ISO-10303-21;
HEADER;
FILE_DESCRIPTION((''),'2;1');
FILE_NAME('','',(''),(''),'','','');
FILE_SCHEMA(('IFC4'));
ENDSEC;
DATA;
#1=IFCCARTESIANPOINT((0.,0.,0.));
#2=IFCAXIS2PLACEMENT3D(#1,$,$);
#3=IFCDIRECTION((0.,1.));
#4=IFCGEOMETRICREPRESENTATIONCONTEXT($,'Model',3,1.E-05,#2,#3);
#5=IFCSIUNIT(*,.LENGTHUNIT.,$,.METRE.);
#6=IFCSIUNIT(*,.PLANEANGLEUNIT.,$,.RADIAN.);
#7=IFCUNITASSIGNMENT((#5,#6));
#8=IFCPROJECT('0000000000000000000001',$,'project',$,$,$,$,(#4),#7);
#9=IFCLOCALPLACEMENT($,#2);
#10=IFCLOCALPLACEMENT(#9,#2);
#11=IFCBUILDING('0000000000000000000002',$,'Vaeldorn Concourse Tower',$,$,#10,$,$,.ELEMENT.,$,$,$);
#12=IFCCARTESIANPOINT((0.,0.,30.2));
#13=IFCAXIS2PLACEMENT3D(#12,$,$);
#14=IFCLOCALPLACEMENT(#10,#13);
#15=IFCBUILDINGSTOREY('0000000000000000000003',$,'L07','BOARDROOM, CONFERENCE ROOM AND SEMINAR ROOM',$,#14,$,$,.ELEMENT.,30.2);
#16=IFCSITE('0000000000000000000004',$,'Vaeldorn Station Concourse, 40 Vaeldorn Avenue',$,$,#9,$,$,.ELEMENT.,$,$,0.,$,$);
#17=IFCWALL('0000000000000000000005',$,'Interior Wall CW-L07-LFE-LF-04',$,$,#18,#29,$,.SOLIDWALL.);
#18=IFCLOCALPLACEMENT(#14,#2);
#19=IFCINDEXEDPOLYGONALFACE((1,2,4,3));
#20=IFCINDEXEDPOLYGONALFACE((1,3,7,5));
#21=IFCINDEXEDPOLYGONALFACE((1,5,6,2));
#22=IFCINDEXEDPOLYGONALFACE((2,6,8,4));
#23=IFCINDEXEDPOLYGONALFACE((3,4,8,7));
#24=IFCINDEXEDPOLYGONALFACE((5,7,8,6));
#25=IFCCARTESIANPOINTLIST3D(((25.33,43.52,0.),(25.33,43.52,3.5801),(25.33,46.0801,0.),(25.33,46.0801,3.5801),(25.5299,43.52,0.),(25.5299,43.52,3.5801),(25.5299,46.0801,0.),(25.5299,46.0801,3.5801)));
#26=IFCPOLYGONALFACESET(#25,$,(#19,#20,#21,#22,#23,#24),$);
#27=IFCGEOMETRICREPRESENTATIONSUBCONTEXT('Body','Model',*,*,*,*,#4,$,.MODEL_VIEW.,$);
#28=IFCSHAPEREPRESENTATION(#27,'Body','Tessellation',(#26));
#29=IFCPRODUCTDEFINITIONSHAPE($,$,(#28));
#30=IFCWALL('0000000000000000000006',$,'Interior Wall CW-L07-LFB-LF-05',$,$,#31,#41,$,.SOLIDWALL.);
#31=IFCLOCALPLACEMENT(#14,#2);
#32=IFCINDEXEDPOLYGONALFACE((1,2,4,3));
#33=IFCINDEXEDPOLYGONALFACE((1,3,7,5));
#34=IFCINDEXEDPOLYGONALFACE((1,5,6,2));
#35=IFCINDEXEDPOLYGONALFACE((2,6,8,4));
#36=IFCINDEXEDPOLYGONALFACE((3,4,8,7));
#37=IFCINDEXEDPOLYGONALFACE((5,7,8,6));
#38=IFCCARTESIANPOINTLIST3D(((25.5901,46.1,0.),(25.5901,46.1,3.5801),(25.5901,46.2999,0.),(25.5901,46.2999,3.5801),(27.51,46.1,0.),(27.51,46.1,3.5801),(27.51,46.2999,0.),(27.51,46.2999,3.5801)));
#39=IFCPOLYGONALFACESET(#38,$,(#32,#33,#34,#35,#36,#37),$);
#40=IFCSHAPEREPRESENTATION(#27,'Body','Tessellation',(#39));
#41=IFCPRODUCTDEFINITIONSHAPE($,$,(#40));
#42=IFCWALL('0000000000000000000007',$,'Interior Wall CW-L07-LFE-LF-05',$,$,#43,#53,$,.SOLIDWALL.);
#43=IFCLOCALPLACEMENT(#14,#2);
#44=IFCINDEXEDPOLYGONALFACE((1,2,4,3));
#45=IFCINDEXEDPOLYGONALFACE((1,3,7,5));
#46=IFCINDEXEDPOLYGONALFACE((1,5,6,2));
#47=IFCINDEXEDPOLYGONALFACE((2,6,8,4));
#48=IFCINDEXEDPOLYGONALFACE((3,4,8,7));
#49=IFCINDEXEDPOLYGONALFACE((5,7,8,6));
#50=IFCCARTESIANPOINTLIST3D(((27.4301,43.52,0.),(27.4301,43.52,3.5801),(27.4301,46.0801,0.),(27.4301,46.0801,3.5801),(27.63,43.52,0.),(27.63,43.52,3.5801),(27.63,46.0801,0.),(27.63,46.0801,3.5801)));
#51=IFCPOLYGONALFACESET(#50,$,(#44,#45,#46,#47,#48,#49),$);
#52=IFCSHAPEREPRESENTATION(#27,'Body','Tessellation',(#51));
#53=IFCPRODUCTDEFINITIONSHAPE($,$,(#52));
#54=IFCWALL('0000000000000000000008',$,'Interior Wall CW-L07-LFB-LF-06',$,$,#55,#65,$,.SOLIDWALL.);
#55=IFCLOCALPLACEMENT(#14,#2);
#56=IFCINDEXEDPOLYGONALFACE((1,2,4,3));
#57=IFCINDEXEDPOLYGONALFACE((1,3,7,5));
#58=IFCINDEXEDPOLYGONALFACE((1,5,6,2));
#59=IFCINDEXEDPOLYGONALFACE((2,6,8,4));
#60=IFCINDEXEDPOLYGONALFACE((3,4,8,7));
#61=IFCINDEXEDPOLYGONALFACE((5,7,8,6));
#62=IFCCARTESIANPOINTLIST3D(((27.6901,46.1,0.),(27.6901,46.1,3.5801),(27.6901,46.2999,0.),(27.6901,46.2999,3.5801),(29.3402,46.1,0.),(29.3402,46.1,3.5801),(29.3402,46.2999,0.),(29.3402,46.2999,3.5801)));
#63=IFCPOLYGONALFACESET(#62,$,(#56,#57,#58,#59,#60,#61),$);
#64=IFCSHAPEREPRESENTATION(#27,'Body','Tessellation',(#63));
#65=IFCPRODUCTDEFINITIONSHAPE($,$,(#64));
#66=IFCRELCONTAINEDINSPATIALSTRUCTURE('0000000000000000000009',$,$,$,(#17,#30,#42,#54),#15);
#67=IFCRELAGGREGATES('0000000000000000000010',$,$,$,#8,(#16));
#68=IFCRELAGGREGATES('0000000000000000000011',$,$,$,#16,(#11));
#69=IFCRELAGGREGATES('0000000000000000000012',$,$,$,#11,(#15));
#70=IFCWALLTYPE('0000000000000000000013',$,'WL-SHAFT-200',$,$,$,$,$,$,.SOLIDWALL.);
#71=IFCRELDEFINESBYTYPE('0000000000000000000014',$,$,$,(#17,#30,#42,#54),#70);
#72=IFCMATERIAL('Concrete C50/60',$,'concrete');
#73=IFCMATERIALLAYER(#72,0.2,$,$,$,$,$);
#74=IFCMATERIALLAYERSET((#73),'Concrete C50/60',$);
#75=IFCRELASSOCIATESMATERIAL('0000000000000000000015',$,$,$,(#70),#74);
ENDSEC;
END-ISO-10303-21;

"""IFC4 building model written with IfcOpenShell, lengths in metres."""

from ifc_helpers import new_model, si_unit, direction, frame, frame_2d, origin, place, context, subcontext, project, spatial, rectangle, extrude, material, layer, layer_set, type_object, element, save


model = new_model("IFC4")

# Units and contexts
model_context = context("Model", 3, precision=1e-05, world=origin(), true_north=direction((0.0, 1.0)))
body_context = subcontext(model_context, "Body", "Model", "MODEL_VIEW")
ifc_project = project(units=[si_unit("LENGTHUNIT", "METRE"), si_unit("PLANEANGLEUNIT", "RADIAN")], contexts=[model_context])

# Site, building, storey
site_placement = place(None, origin())
site = spatial("IfcSite", under=ifc_project, at=site_placement, Name="Vaeldorn Station Concourse, 40 Vaeldorn Avenue", CompositionType="ELEMENT", RefElevation=0.0)
building_placement = place(site_placement, origin())
building = spatial("IfcBuilding", under=site, at=building_placement, Name="Vaeldorn Concourse Tower", CompositionType="ELEMENT")
storey_placement = place(building_placement, frame((0.0, 0.0, 30.2)))
storey = spatial("IfcBuildingStorey", under=building, at=storey_placement, Name="L07", Description="BOARDROOM, CONFERENCE ROOM AND SEMINAR ROOM", CompositionType="ELEMENT", Elevation=30.2)

# Shared definitions
ifc_material_1 = material(Name="Concrete C50/60", Category="concrete")
ifc_layer_1 = layer(ifc_material_1, 0.2)
ifc_layer_set_1 = layer_set([ifc_layer_1], Name="Concrete C50/60")
wall_type_1 = type_object("IfcWallType", Name="WL-SHAFT-200", PredefinedType="SOLIDWALL", material=ifc_layer_set_1)

# Wall
wall_1_placement = place(storey_placement, frame((25.4299, 43.52, 0.0), z_axis=(0.0, 0.0, 1.0), x_axis=(0.0, 1.0, 0.0)))
element("IfcWall", 1, at=wall_1_placement, inside=storey, type_object=wall_type_1, Name="Interior Wall CW-L07-LFE-LF-04", PredefinedType="SOLIDWALL", context=body_context, shape_type="SweptSolid", body=[
    extrude(rectangle(XDim=2.5601, YDim=0.2, at=frame_2d((1.28, 0.0))), origin(), (0.0, 0.0, 1.0), 3.5801),
])

# Walls
wall_2_placement = place(storey_placement, frame((25.5901, 46.2, 0.0), z_axis=(0.0, 0.0, 1.0), x_axis=(1.0, 0.0, 0.0)))
element("IfcWall", 2, at=wall_2_placement, inside=storey, type_object=wall_type_1, Name="Interior Wall CW-L07-LFB-LF-05", PredefinedType="SOLIDWALL", context=body_context, shape_type="SweptSolid", body=[
    extrude(rectangle(XDim=1.9199, YDim=0.2, at=frame_2d((0.96, 0.0))), origin(), (0.0, 0.0, 1.0), 3.5801),
])
wall_3_placement = place(storey_placement, frame((27.53, 43.52, 0.0), z_axis=(0.0, 0.0, 1.0), x_axis=(0.0, 1.0, 0.0)))
element("IfcWall", 3, at=wall_3_placement, inside=storey, type_object=wall_type_1, Name="Interior Wall CW-L07-LFE-LF-05", PredefinedType="SOLIDWALL", context=body_context, shape_type="SweptSolid", body=[
    extrude(rectangle(XDim=2.5601, YDim=0.2, at=frame_2d((1.28, 0.0))), origin(), (0.0, 0.0, 1.0), 3.5801),
])

# Wall
wall_4_placement = place(storey_placement, frame((27.6899, 46.2, 0.0), z_axis=(0.0, 0.0, 1.0), x_axis=(1.0, 0.0, 0.0)))
element("IfcWall", 4, at=wall_4_placement, inside=storey, type_object=wall_type_1, Name="Interior Wall CW-L07-LFB-LF-06", PredefinedType="SOLIDWALL", context=body_context, shape_type="SweptSolid", body=[
    extrude(rectangle(XDim=1.6501, YDim=0.2, at=frame_2d((0.8252, 0.0))), origin(), (0.0, 0.0, 1.0), 3.5801),
])

save(model, "model.ifc")
